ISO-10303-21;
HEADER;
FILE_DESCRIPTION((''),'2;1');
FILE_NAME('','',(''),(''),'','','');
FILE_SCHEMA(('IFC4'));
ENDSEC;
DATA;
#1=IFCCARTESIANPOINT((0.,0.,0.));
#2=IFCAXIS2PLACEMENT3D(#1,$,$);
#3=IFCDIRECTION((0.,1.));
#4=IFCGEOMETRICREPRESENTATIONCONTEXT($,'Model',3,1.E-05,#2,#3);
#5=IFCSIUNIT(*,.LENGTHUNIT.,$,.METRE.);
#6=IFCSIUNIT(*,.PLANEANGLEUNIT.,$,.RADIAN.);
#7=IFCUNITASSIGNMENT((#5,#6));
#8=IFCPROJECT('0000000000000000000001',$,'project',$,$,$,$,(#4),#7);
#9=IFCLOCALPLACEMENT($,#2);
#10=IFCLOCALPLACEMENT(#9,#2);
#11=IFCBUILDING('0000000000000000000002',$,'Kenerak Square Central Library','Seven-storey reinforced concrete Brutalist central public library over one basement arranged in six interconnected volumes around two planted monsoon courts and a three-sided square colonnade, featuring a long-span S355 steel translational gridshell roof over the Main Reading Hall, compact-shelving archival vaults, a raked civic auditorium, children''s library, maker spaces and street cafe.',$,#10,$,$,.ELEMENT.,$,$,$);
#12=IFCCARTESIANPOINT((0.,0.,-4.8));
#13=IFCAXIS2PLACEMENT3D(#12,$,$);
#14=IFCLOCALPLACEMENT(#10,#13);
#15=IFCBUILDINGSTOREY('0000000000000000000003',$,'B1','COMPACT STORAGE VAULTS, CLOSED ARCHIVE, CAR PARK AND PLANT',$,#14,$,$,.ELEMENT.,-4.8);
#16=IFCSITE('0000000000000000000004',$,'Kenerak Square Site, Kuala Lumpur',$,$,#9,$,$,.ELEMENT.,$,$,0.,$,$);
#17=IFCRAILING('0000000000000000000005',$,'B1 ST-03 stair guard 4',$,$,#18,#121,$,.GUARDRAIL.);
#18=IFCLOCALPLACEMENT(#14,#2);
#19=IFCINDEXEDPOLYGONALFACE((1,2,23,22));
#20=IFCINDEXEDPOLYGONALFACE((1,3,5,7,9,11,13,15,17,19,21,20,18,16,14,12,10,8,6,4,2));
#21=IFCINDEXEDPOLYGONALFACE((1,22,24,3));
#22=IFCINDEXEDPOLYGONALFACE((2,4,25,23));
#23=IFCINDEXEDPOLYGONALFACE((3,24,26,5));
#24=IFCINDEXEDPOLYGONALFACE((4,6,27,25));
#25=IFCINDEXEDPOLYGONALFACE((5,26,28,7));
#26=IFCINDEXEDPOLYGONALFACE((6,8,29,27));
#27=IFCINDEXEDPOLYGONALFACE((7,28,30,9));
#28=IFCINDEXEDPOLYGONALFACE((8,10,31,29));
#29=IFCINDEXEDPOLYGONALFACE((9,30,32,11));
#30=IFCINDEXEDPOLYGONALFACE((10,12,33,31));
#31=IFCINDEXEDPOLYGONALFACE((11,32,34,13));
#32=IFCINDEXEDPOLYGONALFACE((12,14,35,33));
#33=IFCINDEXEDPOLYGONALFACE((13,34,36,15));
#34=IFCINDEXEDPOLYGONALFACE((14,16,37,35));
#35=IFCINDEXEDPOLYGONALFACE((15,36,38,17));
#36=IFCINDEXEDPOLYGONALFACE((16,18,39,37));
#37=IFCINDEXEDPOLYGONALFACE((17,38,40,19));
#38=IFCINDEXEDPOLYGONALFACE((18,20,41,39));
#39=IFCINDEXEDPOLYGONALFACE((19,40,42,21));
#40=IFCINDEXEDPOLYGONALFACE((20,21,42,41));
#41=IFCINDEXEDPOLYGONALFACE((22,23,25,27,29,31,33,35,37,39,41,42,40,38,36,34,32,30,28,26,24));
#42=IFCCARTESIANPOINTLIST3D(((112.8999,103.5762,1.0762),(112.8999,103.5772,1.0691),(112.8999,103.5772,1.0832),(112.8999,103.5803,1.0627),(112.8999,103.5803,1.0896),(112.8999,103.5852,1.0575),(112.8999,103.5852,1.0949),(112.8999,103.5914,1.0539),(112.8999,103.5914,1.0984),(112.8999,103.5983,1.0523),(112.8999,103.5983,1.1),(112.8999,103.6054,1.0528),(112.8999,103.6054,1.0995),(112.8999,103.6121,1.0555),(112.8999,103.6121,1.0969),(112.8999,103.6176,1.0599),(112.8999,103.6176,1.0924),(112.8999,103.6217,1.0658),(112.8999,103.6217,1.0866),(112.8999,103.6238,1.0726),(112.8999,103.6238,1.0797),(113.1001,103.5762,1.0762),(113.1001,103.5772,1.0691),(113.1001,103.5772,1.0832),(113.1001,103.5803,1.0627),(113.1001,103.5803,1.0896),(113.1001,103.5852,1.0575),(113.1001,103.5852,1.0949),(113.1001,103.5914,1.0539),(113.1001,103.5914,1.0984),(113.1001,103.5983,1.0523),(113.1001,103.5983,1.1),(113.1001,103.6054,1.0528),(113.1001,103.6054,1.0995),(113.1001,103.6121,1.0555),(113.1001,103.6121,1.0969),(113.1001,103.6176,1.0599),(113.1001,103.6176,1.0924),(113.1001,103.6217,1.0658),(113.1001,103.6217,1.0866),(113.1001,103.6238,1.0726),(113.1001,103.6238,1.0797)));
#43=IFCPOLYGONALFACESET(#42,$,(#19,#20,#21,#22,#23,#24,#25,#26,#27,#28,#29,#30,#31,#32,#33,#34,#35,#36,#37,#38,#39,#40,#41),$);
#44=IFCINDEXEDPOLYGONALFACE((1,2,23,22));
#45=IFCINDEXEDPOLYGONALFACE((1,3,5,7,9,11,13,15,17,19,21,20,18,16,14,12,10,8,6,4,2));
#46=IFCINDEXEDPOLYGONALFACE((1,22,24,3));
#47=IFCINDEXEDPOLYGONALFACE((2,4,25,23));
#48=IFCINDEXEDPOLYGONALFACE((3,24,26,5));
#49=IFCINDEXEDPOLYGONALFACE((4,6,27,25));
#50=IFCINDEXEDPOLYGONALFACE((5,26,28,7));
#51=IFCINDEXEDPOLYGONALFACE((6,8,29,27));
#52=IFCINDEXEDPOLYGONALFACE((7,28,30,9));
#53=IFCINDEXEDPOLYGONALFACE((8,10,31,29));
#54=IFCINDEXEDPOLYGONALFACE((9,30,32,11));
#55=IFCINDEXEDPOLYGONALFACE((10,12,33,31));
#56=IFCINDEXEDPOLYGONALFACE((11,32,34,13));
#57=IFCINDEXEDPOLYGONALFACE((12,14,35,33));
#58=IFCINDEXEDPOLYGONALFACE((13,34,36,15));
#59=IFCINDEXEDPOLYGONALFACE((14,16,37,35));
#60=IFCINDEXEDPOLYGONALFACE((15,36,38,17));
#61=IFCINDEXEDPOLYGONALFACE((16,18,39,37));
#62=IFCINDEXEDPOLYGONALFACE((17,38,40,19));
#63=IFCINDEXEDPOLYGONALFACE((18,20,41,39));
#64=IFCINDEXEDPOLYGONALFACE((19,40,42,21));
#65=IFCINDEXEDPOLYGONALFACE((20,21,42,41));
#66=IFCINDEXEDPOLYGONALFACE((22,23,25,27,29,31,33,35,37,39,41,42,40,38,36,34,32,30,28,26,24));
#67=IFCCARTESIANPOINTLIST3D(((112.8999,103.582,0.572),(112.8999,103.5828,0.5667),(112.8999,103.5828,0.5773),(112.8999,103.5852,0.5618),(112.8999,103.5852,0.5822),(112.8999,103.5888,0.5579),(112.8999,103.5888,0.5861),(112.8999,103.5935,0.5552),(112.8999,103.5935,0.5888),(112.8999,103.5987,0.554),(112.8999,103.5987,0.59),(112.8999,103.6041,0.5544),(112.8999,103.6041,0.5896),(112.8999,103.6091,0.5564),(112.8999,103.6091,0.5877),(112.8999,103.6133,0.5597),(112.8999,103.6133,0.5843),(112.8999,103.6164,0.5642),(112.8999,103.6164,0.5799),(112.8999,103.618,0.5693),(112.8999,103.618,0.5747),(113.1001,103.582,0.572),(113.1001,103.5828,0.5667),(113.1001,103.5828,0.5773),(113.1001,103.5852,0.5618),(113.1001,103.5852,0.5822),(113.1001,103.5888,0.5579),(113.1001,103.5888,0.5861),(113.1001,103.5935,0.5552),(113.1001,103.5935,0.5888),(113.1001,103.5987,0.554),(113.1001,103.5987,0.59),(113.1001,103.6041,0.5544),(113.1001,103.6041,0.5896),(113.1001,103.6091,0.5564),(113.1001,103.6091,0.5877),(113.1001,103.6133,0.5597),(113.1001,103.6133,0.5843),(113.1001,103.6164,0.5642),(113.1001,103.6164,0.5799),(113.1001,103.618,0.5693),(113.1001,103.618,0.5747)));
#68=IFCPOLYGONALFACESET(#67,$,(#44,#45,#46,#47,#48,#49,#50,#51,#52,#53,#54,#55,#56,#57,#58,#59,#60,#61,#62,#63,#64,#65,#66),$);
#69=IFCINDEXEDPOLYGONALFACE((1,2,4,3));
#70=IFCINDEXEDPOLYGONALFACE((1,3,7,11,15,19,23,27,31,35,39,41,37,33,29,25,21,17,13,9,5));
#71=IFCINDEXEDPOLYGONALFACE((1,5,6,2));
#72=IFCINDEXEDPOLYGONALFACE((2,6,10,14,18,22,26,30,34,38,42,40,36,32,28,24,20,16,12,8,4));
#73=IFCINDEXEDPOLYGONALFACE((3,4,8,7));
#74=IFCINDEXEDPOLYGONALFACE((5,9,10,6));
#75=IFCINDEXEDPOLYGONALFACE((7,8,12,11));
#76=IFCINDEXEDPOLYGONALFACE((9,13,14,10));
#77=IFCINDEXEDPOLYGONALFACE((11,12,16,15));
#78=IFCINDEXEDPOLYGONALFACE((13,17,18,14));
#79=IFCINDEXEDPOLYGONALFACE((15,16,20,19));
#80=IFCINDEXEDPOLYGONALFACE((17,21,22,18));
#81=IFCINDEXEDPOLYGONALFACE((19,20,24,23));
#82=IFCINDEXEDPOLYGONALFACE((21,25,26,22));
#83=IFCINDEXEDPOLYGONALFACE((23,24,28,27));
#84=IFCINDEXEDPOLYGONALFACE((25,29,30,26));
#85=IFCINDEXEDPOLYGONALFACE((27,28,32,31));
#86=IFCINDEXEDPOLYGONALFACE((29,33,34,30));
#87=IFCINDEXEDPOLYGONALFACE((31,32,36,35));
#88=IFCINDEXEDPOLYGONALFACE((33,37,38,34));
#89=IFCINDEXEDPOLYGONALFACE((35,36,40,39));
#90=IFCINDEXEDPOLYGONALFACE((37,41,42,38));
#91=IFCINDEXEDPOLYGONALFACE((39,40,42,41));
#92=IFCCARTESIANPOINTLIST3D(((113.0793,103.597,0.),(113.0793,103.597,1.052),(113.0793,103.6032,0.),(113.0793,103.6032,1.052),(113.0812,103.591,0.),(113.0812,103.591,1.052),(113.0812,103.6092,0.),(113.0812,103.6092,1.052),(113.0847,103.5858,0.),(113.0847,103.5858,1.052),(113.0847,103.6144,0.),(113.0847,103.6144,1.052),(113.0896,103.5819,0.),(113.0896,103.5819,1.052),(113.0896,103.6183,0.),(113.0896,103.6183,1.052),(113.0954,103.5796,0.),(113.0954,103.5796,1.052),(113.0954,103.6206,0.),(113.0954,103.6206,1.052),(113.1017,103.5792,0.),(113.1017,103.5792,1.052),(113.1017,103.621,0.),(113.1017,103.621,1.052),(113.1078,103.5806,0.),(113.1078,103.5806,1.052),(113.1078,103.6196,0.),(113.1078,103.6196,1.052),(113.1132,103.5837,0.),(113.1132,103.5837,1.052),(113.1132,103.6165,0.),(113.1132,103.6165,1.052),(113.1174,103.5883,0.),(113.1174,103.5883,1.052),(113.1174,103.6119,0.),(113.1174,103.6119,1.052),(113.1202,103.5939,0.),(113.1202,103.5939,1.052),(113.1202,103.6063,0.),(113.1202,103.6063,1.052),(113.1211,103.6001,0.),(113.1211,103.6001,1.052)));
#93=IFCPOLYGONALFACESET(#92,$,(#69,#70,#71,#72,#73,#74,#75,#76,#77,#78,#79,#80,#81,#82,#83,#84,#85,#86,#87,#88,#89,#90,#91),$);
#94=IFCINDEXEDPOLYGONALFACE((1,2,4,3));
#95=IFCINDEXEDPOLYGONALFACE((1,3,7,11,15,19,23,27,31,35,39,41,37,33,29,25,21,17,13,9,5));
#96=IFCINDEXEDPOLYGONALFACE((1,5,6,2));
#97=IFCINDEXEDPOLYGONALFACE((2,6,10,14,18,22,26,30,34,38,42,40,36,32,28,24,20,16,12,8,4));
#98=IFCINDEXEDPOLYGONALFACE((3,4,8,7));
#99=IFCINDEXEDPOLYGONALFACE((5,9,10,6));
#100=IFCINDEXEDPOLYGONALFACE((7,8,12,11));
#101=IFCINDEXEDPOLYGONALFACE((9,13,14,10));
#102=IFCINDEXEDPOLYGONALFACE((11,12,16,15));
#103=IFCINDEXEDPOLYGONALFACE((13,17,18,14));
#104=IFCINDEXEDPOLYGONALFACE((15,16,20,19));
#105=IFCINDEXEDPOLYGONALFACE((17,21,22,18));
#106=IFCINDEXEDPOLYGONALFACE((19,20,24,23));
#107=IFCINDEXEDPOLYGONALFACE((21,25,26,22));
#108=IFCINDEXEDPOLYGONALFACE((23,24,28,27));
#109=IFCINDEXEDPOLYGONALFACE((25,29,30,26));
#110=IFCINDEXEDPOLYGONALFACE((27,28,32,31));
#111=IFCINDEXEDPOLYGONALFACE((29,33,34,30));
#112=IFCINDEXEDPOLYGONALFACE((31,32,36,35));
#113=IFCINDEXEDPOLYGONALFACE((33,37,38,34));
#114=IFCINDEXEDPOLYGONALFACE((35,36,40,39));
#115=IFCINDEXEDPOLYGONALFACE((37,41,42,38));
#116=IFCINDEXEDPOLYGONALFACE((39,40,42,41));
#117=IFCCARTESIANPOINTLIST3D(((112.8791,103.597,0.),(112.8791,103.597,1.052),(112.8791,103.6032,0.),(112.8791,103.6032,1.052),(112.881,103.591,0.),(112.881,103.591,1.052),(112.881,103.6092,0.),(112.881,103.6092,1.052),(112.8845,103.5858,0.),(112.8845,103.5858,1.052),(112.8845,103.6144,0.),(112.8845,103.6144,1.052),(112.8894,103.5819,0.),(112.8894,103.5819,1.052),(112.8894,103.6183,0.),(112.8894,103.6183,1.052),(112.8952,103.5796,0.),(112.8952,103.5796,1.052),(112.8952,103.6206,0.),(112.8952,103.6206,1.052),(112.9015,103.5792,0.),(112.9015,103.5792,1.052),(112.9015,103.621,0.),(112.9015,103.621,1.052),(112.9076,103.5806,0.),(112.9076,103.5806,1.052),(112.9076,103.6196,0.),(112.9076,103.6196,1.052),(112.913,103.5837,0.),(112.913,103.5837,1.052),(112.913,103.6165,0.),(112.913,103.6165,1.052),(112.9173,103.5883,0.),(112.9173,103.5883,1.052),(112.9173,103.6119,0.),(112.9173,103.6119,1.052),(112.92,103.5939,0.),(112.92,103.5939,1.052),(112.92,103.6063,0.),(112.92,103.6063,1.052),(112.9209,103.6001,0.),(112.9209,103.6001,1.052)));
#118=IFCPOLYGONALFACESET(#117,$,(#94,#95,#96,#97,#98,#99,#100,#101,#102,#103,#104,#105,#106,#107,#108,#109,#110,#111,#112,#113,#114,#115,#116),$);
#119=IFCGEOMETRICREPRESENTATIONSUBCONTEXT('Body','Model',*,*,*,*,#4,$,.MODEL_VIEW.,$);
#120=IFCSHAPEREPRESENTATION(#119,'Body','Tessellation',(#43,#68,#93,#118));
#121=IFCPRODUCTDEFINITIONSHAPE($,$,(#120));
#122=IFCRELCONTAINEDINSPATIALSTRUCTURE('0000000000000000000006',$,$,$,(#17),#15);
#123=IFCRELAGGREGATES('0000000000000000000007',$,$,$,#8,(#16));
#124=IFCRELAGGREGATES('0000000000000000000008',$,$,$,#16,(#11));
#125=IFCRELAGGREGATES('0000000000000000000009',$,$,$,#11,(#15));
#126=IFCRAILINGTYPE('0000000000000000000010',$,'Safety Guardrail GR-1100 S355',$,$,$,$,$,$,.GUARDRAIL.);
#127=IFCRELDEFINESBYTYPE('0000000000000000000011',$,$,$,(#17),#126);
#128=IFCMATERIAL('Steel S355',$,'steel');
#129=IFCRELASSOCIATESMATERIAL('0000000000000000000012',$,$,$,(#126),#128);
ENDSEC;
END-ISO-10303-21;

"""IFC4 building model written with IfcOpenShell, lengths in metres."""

from ifc_helpers import new_model, si_unit, direction, frame, origin, origin_2d, place, context, subcontext, project, spatial, circle, extrude, material, type_object, element, save


model = new_model("IFC4")

# Units and contexts
model_context = context("Model", 3, precision=1e-05, world=origin(), true_north=direction((0.0, 1.0)))
body_context = subcontext(model_context, "Body", "Model", "MODEL_VIEW")
ifc_project = project(units=[si_unit("LENGTHUNIT", "METRE"), si_unit("PLANEANGLEUNIT", "RADIAN")], contexts=[model_context])

# Site, building, storey
site_placement = place(None, origin())
site = spatial("IfcSite", under=ifc_project, at=site_placement, Name="Kenerak Square Site, Kuala Lumpur", CompositionType="ELEMENT", RefElevation=0.0)
building_placement = place(site_placement, origin())
building = spatial("IfcBuilding", under=site, at=building_placement, Name="Kenerak Square Central Library", Description="Seven-storey reinforced concrete Brutalist central public library over one basement arranged in six interconnected volumes around two planted monsoon courts and a three-sided square colonnade, featuring a long-span S355 steel translational gridshell roof over the Main Reading Hall, compact-shelving archival vaults, a raked civic auditorium, children's library, maker spaces and street cafe.", CompositionType="ELEMENT")
storey_placement = place(building_placement, frame((0.0, 0.0, -4.8)))
storey = spatial("IfcBuildingStorey", under=building, at=storey_placement, Name="B1", Description="COMPACT STORAGE VAULTS, CLOSED ARCHIVE, CAR PARK AND PLANT", CompositionType="ELEMENT", Elevation=-4.8)

# Railing
ifc_material_1 = material(Name="Steel S355", Category="steel")
railing_type_1 = type_object("IfcRailingType", Name="Safety Guardrail GR-1100 S355", PredefinedType="GUARDRAIL", material=ifc_material_1)
railing_1_placement = place(storey_placement, frame((113.1001, 103.6001, 0.0)))
element("IfcRailing", 1, at=railing_1_placement, inside=storey, type_object=railing_type_1, Name="B1 ST-03 stair guard 4", PredefinedType="GUARDRAIL", context=body_context, shape_type="SweptSolid", body=[
    extrude(circle(Radius=0.0239, at=origin_2d()), frame((0.0, 0.0, 1.0762), z_axis=(-1.0, 0.0, 0.0), x_axis=(0.0, -1.0, 0.0)), (0.0, 0.0, 1.0), 0.2002),
    extrude(circle(Radius=0.0181, at=origin_2d()), frame((0.0, 0.0, 0.572), z_axis=(-1.0, 0.0, 0.0), x_axis=(0.0, -1.0, 0.0)), (0.0, 0.0, 1.0), 0.2002),
    extrude(circle(Radius=0.021, at=origin_2d()), origin(), (0.0, 0.0, 1.0), 1.052),
    extrude(circle(Radius=0.021, at=origin_2d()), frame((-0.2002, 0.0, 0.0)), (0.0, 0.0, 1.0), 1.052),
])

save(model, "model.ifc")
